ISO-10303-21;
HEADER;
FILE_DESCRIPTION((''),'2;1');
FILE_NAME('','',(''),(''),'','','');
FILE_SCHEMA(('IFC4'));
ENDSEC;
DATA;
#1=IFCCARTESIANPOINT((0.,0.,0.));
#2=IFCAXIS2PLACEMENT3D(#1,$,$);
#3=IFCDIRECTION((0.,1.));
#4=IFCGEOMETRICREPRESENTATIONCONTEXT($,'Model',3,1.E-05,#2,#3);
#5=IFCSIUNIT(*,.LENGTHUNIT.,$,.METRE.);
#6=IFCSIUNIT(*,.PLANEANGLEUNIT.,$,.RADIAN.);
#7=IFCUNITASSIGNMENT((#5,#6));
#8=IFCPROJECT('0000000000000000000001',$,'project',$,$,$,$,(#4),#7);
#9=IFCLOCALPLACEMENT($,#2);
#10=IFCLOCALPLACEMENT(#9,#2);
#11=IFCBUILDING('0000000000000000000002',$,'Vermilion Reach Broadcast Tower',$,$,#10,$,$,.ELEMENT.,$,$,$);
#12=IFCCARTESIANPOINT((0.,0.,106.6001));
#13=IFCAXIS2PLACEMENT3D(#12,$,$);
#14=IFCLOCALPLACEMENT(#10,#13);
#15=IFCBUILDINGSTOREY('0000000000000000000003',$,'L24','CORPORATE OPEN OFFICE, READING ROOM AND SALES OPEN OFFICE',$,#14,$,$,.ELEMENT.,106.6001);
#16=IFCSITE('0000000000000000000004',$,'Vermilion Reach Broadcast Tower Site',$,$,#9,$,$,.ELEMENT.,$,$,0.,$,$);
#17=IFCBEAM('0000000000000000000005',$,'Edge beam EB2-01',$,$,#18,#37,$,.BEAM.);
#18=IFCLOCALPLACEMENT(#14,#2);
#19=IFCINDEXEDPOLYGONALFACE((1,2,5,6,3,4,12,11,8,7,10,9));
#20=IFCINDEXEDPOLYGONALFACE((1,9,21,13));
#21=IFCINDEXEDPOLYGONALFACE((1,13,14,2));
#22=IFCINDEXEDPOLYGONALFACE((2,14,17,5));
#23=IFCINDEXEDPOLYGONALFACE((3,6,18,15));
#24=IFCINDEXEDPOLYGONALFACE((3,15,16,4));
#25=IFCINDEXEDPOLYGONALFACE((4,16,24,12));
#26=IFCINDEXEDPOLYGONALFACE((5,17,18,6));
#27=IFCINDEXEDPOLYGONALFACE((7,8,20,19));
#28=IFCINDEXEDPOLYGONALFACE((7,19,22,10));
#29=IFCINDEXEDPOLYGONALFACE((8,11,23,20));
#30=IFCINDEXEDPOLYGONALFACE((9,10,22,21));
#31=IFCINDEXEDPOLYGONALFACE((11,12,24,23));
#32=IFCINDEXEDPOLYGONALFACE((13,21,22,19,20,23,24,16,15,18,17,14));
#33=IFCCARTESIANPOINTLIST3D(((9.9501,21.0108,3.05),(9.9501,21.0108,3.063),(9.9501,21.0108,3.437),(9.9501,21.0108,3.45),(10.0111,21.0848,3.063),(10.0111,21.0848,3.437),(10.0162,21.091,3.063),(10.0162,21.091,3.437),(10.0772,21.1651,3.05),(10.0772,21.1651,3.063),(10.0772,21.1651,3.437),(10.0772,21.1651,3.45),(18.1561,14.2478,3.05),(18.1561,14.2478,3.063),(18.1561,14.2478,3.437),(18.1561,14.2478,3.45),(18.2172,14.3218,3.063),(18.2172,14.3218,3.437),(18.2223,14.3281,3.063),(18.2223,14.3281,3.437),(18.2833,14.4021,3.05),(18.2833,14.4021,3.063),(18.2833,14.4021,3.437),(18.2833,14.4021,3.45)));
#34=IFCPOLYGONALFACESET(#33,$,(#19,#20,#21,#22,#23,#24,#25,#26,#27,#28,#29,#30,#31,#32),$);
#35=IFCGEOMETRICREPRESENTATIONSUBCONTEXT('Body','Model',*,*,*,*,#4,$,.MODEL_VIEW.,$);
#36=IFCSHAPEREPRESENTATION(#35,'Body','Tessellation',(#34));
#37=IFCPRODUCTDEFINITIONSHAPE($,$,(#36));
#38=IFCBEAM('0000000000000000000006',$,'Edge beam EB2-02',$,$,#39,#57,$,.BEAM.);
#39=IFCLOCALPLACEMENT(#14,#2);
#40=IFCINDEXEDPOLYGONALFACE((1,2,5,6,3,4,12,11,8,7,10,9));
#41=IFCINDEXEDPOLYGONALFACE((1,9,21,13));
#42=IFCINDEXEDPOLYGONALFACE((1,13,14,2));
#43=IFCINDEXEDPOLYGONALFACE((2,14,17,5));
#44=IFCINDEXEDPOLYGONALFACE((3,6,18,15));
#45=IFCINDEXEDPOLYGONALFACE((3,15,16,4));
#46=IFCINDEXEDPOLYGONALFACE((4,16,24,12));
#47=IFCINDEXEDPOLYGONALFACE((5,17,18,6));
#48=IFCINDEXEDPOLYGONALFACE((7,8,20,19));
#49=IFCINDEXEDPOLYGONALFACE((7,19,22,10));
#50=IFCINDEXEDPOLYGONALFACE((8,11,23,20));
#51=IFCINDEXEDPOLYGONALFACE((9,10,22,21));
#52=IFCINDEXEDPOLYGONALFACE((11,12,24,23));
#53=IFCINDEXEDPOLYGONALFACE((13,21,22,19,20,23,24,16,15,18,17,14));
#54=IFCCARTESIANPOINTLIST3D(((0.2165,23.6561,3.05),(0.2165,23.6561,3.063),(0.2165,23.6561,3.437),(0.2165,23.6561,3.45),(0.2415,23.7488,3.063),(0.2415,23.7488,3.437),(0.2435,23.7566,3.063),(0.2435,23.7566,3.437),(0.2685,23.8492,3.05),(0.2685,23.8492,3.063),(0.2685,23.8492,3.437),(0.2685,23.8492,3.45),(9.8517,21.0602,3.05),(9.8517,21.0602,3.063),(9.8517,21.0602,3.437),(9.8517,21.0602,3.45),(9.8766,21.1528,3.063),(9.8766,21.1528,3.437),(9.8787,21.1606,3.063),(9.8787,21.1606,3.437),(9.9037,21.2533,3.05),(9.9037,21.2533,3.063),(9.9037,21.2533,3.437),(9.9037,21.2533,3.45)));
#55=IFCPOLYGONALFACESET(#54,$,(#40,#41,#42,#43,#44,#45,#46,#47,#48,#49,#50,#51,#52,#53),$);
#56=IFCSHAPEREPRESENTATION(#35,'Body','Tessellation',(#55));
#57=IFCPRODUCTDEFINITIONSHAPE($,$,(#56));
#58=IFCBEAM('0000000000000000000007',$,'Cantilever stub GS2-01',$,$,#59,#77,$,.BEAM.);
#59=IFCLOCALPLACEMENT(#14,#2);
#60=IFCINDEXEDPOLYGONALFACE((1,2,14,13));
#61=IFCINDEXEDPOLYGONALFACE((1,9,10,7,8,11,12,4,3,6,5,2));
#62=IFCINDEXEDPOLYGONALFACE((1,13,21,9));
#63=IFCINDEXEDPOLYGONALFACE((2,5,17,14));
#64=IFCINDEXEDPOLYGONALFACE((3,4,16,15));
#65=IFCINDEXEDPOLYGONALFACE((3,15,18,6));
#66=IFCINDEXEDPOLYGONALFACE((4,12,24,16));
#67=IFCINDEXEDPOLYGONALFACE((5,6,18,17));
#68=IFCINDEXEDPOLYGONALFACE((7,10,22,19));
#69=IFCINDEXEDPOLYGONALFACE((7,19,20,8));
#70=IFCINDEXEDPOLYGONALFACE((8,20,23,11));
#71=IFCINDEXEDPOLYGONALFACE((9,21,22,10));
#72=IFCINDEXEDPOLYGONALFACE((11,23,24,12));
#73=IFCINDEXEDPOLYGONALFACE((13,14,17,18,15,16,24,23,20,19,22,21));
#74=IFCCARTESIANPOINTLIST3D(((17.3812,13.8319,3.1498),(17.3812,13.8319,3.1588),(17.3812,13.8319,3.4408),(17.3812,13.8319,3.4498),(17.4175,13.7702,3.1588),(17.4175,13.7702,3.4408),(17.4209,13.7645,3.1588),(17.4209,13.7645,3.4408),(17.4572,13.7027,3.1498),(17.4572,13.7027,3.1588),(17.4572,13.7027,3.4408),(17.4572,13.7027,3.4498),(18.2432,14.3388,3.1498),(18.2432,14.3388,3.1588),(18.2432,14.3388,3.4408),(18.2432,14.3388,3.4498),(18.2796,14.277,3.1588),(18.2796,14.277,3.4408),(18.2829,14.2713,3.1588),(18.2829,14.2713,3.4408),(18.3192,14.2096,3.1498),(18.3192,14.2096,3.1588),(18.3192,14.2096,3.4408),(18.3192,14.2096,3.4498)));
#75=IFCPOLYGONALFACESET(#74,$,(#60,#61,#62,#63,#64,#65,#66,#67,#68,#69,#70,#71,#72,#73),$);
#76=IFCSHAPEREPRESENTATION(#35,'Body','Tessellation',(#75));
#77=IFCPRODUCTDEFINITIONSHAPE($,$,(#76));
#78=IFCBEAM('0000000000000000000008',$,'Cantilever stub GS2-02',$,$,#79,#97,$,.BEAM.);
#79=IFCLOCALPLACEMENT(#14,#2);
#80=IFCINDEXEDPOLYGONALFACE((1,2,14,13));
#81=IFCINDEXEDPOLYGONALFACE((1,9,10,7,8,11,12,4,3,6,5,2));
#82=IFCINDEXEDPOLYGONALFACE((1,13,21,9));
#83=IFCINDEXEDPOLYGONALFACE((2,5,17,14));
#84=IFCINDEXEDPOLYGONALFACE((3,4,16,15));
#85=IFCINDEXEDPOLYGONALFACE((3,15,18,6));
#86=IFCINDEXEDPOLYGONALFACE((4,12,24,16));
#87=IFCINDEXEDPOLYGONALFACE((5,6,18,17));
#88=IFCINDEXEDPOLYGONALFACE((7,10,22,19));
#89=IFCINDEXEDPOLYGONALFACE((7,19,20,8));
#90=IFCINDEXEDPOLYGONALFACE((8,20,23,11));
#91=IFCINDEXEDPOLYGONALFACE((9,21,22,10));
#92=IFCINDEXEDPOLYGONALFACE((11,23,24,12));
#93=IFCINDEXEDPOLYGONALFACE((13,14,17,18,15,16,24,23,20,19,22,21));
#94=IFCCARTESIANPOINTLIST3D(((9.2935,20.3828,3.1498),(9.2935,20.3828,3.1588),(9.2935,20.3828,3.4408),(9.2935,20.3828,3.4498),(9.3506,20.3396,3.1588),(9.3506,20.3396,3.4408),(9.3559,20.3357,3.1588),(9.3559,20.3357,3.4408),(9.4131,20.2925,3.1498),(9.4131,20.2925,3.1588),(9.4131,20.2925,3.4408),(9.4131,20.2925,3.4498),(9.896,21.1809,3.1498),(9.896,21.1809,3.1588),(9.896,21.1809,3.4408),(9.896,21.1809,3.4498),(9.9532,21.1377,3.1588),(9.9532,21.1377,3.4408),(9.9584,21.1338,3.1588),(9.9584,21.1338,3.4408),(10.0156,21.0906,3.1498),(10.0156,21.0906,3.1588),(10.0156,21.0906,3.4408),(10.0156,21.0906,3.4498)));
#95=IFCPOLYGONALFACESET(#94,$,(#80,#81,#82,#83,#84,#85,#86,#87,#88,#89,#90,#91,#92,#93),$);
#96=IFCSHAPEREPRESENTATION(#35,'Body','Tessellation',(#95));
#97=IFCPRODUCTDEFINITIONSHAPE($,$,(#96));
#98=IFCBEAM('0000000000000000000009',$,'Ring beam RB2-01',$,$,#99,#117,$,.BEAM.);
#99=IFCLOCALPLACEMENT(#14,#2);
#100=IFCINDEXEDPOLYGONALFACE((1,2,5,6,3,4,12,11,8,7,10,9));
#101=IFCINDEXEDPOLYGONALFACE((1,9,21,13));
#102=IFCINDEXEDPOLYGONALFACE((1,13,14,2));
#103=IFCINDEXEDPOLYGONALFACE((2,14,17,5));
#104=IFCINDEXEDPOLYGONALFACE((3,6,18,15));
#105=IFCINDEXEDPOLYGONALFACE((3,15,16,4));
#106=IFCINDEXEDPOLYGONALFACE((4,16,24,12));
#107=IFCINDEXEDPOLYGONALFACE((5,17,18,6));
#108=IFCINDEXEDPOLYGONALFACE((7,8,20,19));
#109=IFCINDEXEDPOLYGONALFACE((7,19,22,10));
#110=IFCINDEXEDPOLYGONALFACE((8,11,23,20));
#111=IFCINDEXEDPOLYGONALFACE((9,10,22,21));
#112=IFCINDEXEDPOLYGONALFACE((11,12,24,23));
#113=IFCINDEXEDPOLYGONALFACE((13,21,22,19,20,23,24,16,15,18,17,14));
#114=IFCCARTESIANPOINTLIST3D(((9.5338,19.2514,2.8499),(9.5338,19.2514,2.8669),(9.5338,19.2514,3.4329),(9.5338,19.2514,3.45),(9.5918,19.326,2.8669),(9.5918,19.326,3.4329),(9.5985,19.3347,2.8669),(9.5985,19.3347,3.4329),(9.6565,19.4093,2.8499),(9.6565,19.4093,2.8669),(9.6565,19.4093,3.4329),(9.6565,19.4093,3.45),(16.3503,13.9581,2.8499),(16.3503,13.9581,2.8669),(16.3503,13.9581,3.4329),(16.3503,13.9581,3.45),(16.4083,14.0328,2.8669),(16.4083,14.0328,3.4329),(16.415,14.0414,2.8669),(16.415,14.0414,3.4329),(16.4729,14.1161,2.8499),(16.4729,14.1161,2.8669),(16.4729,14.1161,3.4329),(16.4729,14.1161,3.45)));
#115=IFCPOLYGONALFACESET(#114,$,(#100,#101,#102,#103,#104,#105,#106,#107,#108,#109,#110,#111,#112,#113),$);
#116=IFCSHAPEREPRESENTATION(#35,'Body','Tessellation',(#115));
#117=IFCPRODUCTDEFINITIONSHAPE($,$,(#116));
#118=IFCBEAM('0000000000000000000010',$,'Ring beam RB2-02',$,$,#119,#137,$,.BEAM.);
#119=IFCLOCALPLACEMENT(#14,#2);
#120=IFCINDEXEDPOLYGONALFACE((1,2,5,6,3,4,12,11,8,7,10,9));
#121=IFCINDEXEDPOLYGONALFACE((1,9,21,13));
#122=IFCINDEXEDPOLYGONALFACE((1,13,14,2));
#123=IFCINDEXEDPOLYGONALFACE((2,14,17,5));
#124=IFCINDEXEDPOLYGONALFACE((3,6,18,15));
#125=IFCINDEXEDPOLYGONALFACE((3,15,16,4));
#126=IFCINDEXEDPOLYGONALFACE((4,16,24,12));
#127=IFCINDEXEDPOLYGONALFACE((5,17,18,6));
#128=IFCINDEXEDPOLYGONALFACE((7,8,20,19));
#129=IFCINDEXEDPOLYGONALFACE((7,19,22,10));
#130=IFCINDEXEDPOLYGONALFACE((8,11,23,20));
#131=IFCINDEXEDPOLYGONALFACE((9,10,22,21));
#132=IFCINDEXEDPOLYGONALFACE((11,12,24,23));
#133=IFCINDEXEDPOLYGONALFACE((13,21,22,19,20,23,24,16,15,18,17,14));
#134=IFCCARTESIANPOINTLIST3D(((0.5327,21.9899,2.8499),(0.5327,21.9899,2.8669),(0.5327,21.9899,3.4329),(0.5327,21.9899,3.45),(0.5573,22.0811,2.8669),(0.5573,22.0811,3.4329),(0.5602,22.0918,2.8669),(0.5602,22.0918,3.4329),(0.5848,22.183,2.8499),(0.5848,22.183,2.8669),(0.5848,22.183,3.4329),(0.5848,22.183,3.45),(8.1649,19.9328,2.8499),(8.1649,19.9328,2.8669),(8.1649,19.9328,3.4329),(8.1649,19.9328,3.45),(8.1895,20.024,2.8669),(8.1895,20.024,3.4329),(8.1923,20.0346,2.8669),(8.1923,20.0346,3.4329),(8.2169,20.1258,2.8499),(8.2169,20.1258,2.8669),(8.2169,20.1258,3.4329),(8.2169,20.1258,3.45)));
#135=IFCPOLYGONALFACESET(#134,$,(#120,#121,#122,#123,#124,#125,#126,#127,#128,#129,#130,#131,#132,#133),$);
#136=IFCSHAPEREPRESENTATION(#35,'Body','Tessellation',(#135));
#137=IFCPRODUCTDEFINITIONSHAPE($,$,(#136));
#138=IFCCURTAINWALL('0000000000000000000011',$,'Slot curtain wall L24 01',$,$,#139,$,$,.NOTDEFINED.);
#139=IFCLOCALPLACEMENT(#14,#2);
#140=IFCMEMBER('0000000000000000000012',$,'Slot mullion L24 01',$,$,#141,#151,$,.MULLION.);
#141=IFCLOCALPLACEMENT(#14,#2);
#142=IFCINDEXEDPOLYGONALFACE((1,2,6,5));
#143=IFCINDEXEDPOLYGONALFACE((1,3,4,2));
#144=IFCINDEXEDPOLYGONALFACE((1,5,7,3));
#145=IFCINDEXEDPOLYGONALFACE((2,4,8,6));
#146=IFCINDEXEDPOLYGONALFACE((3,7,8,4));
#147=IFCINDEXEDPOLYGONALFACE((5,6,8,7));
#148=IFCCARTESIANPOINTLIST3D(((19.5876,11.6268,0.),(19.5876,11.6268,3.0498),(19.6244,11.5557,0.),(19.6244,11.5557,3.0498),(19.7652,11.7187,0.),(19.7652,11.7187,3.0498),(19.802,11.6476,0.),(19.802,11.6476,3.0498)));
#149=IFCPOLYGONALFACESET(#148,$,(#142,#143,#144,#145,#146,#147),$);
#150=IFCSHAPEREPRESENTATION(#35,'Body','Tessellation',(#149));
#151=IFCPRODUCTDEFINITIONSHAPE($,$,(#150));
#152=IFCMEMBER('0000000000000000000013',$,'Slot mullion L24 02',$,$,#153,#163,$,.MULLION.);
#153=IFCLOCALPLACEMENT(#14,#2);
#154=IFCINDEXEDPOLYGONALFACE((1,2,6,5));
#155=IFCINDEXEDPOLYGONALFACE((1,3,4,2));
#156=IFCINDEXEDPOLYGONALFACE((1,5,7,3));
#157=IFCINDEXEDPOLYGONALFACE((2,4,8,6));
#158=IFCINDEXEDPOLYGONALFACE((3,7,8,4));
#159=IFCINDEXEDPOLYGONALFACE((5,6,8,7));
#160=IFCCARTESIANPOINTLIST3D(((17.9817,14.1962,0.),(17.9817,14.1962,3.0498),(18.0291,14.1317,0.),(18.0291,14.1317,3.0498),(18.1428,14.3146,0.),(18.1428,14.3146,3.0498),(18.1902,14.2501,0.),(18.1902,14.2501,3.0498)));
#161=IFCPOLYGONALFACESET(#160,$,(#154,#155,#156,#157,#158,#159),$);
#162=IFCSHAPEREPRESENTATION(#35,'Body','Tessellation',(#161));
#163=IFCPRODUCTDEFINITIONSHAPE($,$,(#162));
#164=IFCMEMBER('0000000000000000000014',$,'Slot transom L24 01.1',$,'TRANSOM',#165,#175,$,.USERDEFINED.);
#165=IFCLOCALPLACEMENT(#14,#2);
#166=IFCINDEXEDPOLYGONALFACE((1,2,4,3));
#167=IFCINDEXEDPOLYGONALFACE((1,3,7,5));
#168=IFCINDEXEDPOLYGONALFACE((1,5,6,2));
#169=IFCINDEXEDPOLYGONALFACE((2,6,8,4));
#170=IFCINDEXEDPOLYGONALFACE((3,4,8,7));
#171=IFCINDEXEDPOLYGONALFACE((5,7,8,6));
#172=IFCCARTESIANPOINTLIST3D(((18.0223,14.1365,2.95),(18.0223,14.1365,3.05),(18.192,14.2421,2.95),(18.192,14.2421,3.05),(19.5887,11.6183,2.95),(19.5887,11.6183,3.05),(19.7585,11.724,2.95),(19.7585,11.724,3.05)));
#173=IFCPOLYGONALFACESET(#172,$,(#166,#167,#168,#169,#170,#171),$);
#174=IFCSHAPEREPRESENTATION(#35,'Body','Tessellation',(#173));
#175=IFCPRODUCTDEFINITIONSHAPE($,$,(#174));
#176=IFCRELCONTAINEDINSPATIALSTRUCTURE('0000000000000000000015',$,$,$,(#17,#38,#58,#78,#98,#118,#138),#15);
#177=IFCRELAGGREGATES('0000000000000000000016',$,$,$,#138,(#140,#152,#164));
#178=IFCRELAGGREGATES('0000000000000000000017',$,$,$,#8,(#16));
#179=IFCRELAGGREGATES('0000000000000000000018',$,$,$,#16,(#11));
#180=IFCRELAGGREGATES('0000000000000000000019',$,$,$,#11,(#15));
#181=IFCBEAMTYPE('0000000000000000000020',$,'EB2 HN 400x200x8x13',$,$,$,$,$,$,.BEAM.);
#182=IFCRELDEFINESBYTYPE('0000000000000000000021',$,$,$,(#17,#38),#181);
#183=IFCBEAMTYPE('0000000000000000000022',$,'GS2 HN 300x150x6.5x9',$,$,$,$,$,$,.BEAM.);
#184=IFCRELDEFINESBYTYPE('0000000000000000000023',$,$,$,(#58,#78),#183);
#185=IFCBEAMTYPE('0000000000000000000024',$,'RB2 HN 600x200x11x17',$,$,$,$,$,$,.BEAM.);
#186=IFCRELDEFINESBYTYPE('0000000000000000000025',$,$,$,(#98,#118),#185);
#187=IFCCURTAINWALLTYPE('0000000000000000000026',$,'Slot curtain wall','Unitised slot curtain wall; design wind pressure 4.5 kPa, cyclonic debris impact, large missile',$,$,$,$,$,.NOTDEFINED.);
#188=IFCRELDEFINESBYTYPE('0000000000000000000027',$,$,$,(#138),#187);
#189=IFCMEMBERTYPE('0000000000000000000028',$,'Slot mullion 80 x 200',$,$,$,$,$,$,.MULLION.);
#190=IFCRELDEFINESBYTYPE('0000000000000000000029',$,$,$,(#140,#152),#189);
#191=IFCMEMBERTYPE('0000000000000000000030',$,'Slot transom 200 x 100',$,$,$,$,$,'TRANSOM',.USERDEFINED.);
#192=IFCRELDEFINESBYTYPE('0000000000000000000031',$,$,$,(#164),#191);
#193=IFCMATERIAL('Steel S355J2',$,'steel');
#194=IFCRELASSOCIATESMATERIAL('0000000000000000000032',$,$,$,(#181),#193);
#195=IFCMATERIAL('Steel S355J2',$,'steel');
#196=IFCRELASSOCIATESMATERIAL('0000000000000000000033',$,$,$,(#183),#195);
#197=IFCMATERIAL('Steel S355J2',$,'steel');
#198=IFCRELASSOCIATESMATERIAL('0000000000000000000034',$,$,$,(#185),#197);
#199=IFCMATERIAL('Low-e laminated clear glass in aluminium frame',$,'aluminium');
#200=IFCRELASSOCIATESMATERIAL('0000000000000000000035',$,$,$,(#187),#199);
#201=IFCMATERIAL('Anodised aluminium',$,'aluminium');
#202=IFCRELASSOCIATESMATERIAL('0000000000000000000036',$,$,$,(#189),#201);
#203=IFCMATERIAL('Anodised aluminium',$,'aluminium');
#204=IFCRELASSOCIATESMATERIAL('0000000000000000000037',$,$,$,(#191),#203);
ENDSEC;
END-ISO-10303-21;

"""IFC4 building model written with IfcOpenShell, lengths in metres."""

from ifc_helpers import new_model, si_unit, direction, frame, origin, origin_2d, place, context, subcontext, project, spatial, rectangle, i_section, extrude, material, material_profile, profile_set, type_object, element, aggregate, save


model = new_model("IFC4")

# Units and contexts
model_context = context("Model", 3, precision=1e-05, world=origin(), true_north=direction((0.0, 1.0)))
body_context = subcontext(model_context, "Body", "Model", "MODEL_VIEW")
ifc_project = project(units=[si_unit("LENGTHUNIT", "METRE"), si_unit("PLANEANGLEUNIT", "RADIAN")], contexts=[model_context])

# Site, building, storey
site_placement = place(None, origin())
site = spatial("IfcSite", under=ifc_project, at=site_placement, Name="Vermilion Reach Broadcast Tower Site", CompositionType="ELEMENT", RefElevation=0.0)
building_placement = place(site_placement, origin())
building = spatial("IfcBuilding", under=site, at=building_placement, Name="Vermilion Reach Broadcast Tower", CompositionType="ELEMENT")
storey_placement = place(building_placement, frame((0.0, 0.0, 106.6001)))
storey = spatial("IfcBuildingStorey", under=building, at=storey_placement, Name="L24", Description="CORPORATE OPEN OFFICE, READING ROOM AND SALES OPEN OFFICE", CompositionType="ELEMENT", Elevation=106.6001)

# Beams
ifc_material_1 = material(Name="Steel S355J2", Category="steel")
ifc_material_profile_1 = material_profile(ifc_material_1, i_section(OverallWidth=0.2, OverallDepth=0.3999, WebThickness=0.0081, FlangeThickness=0.0129, at=origin_2d()), Name="S355J2 HN 400x200x8x13")
ifc_profile_set_1 = profile_set([ifc_material_profile_1], Name="Steel S355J2")
beam_type_1 = type_object("IfcBeamType", Name="EB2 HN 400x200x8x13", PredefinedType="BEAM", material=ifc_profile_set_1)
beam_1_placement = place(storey_placement, frame((18.2197, 14.325, 3.25), z_axis=(-0.771699, 0.635988, 0.0), x_axis=(-0.635988, -0.771699, 0.0)))
element("IfcBeam", 1, at=beam_1_placement, inside=storey, type_object=beam_type_1, Name="Edge beam EB2-01", PredefinedType="BEAM", context=body_context, shape_type="SweptSolid", body=[
    extrude(i_section(OverallWidth=0.2, OverallDepth=0.3999, WebThickness=0.0081, FlangeThickness=0.0129, at=origin_2d()), origin(), (0.0, 0.0, 1.0), 10.6338),
])
beam_2_placement = place(storey_placement, frame((9.8777, 21.1567, 3.25), z_axis=(-0.965569, 0.260145, 0.0), x_axis=(-0.260145, -0.965569, 0.0)))
element("IfcBeam", 2, at=beam_2_placement, inside=storey, type_object=beam_type_1, Name="Edge beam EB2-02", PredefinedType="BEAM", context=body_context, shape_type="SweptSolid", body=[
    extrude(i_section(OverallWidth=0.2, OverallDepth=0.3999, WebThickness=0.0081, FlangeThickness=0.0129, at=origin_2d()), origin(), (0.0, 0.0, 1.0), 9.9788),
])
ifc_material_2 = material(Name="Steel S355J2", Category="steel")
ifc_material_profile_2 = material_profile(ifc_material_2, i_section(OverallWidth=0.1499, OverallDepth=0.3, WebThickness=0.0066, FlangeThickness=0.009, at=origin_2d()), Name="S355J2 HN 300x150x6.5x9")
ifc_profile_set_2 = profile_set([ifc_material_profile_2], Name="Steel S355J2")
beam_type_2 = type_object("IfcBeamType", Name="GS2 HN 300x150x6.5x9", PredefinedType="BEAM", material=ifc_profile_set_2)
for number, where, z_axis, x_axis, name in (
    (3, (17.4192, 13.7673, 3.2998), (0.862047, 0.506828, 0.0), (-0.506828, 0.862047, 0.0), "Cantilever stub GS2-01"),
    (4, (9.3533, 20.3376, 3.2998), (0.602536, 0.798092, 0.0), (-0.798092, 0.602536, 0.0), "Cantilever stub GS2-02"),
):
    element("IfcBeam", number, at=place(storey_placement, frame(where, z_axis=z_axis, x_axis=x_axis)), inside=storey, type_object=beam_type_2, Name=name, PredefinedType="BEAM", context=body_context, shape_type="SweptSolid", body=[
        extrude(i_section(OverallWidth=0.1499, OverallDepth=0.3, WebThickness=0.0066, FlangeThickness=0.009, at=origin_2d()), origin(), (0.0, 0.0, 1.0), 1.0),
    ])
ifc_material_3 = material(Name="Steel S355J2", Category="steel")
ifc_material_profile_3 = material_profile(ifc_material_3, i_section(OverallWidth=0.2, OverallDepth=0.6001, WebThickness=0.011, FlangeThickness=0.0171, at=origin_2d()), Name="S355J2 HN 600x200x11x17")
ifc_profile_set_3 = profile_set([ifc_material_profile_3], Name="Steel S355J2")
beam_type_3 = type_object("IfcBeamType", Name="RB2 HN 600x200x11x17", PredefinedType="BEAM", material=ifc_profile_set_3)
beam_3_placement = place(storey_placement, frame((16.4116, 14.0371, 3.1499), z_axis=(-0.789826, 0.613331, 0.0), x_axis=(-0.613331, -0.789826, 0.0)))
element("IfcBeam", 5, at=beam_3_placement, inside=storey, type_object=beam_type_3, Name="Ring beam RB2-01", PredefinedType="BEAM", context=body_context, shape_type="SweptSolid", body=[
    extrude(i_section(OverallWidth=0.2, OverallDepth=0.6001, WebThickness=0.011, FlangeThickness=0.0171, at=origin_2d()), origin(), (0.0, 0.0, 1.0), 8.6304),
])
beam_4_placement = place(storey_placement, frame((8.1909, 20.0293, 3.1499), z_axis=(-0.965541, 0.260249, 0.0), x_axis=(-0.260249, -0.965541, 0.0)))
element("IfcBeam", 6, at=beam_4_placement, inside=storey, type_object=beam_type_3, Name="Ring beam RB2-02", PredefinedType="BEAM", context=body_context, shape_type="SweptSolid", body=[
    extrude(i_section(OverallWidth=0.2, OverallDepth=0.6001, WebThickness=0.011, FlangeThickness=0.0171, at=origin_2d()), origin(), (0.0, 0.0, 1.0), 7.9045),
])

# Curtain wall, members
ifc_material_4 = material(Name="Low-e laminated clear glass in aluminium frame", Category="aluminium")
curtain_wall_type = type_object("IfcCurtainWallType", Name="Slot curtain wall", Description="Unitised slot curtain wall; design wind pressure 4.5 kPa, cyclonic debris impact, large missile", PredefinedType="NOTDEFINED", material=ifc_material_4)
curtain_wall_placement = place(storey_placement, origin())
curtain_wall = element("IfcCurtainWall", 7, at=curtain_wall_placement, inside=storey, type_object=curtain_wall_type, Name="Slot curtain wall L24 01", PredefinedType="NOTDEFINED")
ifc_material_5 = material(Name="Anodised aluminium", Category="aluminium")
ifc_material_profile_4 = material_profile(ifc_material_5, rectangle(XDim=0.2, YDim=0.0801, at=origin_2d()), Name="Slot mullion 80 x 200")
ifc_profile_set_4 = profile_set([ifc_material_profile_4], Name="Anodised aluminium")
member_type_1 = type_object("IfcMemberType", Name="Slot mullion 80 x 200", PredefinedType="MULLION", material=ifc_profile_set_4)
member_1_placement = place(storey_placement, frame((19.6948, 11.6372, 0.0), z_axis=(0.0, 0.0, 1.0), x_axis=(-0.888226, -0.459407, 0.0)))
member_1 = element("IfcMember", 8, at=member_1_placement, type_object=member_type_1, Name="Slot mullion L24 01", PredefinedType="MULLION", context=body_context, shape_type="SweptSolid", body=[
    extrude(rectangle(XDim=0.2, YDim=0.0801, at=origin_2d()), origin(), (0.0, 0.0, 1.0), 3.0498),
])
member_2_placement = place(storey_placement, frame((18.0859, 14.2231, 0.0), z_axis=(0.0, 0.0, 1.0), x_axis=(-0.805789, -0.592202, 0.0)))
member_2 = element("IfcMember", 9, at=member_2_placement, type_object=member_type_1, Name="Slot mullion L24 02", PredefinedType="MULLION", context=body_context, shape_type="SweptSolid", body=[
    extrude(rectangle(XDim=0.2, YDim=0.0801, at=origin_2d()), origin(), (0.0, 0.0, 1.0), 3.0498),
])
ifc_material_6 = material(Name="Anodised aluminium", Category="aluminium")
ifc_material_profile_5 = material_profile(ifc_material_6, rectangle(XDim=0.2, YDim=0.1001, at=origin_2d()), Name="Slot transom 200 x 100")
ifc_profile_set_5 = profile_set([ifc_material_profile_5], Name="Anodised aluminium")
member_type_2 = type_object("IfcMemberType", Name="Slot transom 200 x 100", ElementType="TRANSOM", PredefinedType="USERDEFINED", material=ifc_profile_set_5)
member_3_placement = place(storey_placement, frame((19.6736, 11.6711, 3.0), z_axis=(-0.528207, 0.849116, 0.0), x_axis=(-0.849116, -0.528207, 0.0)))
member_3 = element("IfcMember", 10, at=member_3_placement, type_object=member_type_2, Name="Slot transom L24 01.1", ObjectType="TRANSOM", PredefinedType="USERDEFINED", context=body_context, shape_type="SweptSolid", body=[
    extrude(rectangle(XDim=0.2, YDim=0.1001, at=origin_2d()), origin(), (0.0, 0.0, 1.0), 2.9656),
])
aggregate(curtain_wall, [member_1, member_2, member_3])

save(model, "model.ifc")
